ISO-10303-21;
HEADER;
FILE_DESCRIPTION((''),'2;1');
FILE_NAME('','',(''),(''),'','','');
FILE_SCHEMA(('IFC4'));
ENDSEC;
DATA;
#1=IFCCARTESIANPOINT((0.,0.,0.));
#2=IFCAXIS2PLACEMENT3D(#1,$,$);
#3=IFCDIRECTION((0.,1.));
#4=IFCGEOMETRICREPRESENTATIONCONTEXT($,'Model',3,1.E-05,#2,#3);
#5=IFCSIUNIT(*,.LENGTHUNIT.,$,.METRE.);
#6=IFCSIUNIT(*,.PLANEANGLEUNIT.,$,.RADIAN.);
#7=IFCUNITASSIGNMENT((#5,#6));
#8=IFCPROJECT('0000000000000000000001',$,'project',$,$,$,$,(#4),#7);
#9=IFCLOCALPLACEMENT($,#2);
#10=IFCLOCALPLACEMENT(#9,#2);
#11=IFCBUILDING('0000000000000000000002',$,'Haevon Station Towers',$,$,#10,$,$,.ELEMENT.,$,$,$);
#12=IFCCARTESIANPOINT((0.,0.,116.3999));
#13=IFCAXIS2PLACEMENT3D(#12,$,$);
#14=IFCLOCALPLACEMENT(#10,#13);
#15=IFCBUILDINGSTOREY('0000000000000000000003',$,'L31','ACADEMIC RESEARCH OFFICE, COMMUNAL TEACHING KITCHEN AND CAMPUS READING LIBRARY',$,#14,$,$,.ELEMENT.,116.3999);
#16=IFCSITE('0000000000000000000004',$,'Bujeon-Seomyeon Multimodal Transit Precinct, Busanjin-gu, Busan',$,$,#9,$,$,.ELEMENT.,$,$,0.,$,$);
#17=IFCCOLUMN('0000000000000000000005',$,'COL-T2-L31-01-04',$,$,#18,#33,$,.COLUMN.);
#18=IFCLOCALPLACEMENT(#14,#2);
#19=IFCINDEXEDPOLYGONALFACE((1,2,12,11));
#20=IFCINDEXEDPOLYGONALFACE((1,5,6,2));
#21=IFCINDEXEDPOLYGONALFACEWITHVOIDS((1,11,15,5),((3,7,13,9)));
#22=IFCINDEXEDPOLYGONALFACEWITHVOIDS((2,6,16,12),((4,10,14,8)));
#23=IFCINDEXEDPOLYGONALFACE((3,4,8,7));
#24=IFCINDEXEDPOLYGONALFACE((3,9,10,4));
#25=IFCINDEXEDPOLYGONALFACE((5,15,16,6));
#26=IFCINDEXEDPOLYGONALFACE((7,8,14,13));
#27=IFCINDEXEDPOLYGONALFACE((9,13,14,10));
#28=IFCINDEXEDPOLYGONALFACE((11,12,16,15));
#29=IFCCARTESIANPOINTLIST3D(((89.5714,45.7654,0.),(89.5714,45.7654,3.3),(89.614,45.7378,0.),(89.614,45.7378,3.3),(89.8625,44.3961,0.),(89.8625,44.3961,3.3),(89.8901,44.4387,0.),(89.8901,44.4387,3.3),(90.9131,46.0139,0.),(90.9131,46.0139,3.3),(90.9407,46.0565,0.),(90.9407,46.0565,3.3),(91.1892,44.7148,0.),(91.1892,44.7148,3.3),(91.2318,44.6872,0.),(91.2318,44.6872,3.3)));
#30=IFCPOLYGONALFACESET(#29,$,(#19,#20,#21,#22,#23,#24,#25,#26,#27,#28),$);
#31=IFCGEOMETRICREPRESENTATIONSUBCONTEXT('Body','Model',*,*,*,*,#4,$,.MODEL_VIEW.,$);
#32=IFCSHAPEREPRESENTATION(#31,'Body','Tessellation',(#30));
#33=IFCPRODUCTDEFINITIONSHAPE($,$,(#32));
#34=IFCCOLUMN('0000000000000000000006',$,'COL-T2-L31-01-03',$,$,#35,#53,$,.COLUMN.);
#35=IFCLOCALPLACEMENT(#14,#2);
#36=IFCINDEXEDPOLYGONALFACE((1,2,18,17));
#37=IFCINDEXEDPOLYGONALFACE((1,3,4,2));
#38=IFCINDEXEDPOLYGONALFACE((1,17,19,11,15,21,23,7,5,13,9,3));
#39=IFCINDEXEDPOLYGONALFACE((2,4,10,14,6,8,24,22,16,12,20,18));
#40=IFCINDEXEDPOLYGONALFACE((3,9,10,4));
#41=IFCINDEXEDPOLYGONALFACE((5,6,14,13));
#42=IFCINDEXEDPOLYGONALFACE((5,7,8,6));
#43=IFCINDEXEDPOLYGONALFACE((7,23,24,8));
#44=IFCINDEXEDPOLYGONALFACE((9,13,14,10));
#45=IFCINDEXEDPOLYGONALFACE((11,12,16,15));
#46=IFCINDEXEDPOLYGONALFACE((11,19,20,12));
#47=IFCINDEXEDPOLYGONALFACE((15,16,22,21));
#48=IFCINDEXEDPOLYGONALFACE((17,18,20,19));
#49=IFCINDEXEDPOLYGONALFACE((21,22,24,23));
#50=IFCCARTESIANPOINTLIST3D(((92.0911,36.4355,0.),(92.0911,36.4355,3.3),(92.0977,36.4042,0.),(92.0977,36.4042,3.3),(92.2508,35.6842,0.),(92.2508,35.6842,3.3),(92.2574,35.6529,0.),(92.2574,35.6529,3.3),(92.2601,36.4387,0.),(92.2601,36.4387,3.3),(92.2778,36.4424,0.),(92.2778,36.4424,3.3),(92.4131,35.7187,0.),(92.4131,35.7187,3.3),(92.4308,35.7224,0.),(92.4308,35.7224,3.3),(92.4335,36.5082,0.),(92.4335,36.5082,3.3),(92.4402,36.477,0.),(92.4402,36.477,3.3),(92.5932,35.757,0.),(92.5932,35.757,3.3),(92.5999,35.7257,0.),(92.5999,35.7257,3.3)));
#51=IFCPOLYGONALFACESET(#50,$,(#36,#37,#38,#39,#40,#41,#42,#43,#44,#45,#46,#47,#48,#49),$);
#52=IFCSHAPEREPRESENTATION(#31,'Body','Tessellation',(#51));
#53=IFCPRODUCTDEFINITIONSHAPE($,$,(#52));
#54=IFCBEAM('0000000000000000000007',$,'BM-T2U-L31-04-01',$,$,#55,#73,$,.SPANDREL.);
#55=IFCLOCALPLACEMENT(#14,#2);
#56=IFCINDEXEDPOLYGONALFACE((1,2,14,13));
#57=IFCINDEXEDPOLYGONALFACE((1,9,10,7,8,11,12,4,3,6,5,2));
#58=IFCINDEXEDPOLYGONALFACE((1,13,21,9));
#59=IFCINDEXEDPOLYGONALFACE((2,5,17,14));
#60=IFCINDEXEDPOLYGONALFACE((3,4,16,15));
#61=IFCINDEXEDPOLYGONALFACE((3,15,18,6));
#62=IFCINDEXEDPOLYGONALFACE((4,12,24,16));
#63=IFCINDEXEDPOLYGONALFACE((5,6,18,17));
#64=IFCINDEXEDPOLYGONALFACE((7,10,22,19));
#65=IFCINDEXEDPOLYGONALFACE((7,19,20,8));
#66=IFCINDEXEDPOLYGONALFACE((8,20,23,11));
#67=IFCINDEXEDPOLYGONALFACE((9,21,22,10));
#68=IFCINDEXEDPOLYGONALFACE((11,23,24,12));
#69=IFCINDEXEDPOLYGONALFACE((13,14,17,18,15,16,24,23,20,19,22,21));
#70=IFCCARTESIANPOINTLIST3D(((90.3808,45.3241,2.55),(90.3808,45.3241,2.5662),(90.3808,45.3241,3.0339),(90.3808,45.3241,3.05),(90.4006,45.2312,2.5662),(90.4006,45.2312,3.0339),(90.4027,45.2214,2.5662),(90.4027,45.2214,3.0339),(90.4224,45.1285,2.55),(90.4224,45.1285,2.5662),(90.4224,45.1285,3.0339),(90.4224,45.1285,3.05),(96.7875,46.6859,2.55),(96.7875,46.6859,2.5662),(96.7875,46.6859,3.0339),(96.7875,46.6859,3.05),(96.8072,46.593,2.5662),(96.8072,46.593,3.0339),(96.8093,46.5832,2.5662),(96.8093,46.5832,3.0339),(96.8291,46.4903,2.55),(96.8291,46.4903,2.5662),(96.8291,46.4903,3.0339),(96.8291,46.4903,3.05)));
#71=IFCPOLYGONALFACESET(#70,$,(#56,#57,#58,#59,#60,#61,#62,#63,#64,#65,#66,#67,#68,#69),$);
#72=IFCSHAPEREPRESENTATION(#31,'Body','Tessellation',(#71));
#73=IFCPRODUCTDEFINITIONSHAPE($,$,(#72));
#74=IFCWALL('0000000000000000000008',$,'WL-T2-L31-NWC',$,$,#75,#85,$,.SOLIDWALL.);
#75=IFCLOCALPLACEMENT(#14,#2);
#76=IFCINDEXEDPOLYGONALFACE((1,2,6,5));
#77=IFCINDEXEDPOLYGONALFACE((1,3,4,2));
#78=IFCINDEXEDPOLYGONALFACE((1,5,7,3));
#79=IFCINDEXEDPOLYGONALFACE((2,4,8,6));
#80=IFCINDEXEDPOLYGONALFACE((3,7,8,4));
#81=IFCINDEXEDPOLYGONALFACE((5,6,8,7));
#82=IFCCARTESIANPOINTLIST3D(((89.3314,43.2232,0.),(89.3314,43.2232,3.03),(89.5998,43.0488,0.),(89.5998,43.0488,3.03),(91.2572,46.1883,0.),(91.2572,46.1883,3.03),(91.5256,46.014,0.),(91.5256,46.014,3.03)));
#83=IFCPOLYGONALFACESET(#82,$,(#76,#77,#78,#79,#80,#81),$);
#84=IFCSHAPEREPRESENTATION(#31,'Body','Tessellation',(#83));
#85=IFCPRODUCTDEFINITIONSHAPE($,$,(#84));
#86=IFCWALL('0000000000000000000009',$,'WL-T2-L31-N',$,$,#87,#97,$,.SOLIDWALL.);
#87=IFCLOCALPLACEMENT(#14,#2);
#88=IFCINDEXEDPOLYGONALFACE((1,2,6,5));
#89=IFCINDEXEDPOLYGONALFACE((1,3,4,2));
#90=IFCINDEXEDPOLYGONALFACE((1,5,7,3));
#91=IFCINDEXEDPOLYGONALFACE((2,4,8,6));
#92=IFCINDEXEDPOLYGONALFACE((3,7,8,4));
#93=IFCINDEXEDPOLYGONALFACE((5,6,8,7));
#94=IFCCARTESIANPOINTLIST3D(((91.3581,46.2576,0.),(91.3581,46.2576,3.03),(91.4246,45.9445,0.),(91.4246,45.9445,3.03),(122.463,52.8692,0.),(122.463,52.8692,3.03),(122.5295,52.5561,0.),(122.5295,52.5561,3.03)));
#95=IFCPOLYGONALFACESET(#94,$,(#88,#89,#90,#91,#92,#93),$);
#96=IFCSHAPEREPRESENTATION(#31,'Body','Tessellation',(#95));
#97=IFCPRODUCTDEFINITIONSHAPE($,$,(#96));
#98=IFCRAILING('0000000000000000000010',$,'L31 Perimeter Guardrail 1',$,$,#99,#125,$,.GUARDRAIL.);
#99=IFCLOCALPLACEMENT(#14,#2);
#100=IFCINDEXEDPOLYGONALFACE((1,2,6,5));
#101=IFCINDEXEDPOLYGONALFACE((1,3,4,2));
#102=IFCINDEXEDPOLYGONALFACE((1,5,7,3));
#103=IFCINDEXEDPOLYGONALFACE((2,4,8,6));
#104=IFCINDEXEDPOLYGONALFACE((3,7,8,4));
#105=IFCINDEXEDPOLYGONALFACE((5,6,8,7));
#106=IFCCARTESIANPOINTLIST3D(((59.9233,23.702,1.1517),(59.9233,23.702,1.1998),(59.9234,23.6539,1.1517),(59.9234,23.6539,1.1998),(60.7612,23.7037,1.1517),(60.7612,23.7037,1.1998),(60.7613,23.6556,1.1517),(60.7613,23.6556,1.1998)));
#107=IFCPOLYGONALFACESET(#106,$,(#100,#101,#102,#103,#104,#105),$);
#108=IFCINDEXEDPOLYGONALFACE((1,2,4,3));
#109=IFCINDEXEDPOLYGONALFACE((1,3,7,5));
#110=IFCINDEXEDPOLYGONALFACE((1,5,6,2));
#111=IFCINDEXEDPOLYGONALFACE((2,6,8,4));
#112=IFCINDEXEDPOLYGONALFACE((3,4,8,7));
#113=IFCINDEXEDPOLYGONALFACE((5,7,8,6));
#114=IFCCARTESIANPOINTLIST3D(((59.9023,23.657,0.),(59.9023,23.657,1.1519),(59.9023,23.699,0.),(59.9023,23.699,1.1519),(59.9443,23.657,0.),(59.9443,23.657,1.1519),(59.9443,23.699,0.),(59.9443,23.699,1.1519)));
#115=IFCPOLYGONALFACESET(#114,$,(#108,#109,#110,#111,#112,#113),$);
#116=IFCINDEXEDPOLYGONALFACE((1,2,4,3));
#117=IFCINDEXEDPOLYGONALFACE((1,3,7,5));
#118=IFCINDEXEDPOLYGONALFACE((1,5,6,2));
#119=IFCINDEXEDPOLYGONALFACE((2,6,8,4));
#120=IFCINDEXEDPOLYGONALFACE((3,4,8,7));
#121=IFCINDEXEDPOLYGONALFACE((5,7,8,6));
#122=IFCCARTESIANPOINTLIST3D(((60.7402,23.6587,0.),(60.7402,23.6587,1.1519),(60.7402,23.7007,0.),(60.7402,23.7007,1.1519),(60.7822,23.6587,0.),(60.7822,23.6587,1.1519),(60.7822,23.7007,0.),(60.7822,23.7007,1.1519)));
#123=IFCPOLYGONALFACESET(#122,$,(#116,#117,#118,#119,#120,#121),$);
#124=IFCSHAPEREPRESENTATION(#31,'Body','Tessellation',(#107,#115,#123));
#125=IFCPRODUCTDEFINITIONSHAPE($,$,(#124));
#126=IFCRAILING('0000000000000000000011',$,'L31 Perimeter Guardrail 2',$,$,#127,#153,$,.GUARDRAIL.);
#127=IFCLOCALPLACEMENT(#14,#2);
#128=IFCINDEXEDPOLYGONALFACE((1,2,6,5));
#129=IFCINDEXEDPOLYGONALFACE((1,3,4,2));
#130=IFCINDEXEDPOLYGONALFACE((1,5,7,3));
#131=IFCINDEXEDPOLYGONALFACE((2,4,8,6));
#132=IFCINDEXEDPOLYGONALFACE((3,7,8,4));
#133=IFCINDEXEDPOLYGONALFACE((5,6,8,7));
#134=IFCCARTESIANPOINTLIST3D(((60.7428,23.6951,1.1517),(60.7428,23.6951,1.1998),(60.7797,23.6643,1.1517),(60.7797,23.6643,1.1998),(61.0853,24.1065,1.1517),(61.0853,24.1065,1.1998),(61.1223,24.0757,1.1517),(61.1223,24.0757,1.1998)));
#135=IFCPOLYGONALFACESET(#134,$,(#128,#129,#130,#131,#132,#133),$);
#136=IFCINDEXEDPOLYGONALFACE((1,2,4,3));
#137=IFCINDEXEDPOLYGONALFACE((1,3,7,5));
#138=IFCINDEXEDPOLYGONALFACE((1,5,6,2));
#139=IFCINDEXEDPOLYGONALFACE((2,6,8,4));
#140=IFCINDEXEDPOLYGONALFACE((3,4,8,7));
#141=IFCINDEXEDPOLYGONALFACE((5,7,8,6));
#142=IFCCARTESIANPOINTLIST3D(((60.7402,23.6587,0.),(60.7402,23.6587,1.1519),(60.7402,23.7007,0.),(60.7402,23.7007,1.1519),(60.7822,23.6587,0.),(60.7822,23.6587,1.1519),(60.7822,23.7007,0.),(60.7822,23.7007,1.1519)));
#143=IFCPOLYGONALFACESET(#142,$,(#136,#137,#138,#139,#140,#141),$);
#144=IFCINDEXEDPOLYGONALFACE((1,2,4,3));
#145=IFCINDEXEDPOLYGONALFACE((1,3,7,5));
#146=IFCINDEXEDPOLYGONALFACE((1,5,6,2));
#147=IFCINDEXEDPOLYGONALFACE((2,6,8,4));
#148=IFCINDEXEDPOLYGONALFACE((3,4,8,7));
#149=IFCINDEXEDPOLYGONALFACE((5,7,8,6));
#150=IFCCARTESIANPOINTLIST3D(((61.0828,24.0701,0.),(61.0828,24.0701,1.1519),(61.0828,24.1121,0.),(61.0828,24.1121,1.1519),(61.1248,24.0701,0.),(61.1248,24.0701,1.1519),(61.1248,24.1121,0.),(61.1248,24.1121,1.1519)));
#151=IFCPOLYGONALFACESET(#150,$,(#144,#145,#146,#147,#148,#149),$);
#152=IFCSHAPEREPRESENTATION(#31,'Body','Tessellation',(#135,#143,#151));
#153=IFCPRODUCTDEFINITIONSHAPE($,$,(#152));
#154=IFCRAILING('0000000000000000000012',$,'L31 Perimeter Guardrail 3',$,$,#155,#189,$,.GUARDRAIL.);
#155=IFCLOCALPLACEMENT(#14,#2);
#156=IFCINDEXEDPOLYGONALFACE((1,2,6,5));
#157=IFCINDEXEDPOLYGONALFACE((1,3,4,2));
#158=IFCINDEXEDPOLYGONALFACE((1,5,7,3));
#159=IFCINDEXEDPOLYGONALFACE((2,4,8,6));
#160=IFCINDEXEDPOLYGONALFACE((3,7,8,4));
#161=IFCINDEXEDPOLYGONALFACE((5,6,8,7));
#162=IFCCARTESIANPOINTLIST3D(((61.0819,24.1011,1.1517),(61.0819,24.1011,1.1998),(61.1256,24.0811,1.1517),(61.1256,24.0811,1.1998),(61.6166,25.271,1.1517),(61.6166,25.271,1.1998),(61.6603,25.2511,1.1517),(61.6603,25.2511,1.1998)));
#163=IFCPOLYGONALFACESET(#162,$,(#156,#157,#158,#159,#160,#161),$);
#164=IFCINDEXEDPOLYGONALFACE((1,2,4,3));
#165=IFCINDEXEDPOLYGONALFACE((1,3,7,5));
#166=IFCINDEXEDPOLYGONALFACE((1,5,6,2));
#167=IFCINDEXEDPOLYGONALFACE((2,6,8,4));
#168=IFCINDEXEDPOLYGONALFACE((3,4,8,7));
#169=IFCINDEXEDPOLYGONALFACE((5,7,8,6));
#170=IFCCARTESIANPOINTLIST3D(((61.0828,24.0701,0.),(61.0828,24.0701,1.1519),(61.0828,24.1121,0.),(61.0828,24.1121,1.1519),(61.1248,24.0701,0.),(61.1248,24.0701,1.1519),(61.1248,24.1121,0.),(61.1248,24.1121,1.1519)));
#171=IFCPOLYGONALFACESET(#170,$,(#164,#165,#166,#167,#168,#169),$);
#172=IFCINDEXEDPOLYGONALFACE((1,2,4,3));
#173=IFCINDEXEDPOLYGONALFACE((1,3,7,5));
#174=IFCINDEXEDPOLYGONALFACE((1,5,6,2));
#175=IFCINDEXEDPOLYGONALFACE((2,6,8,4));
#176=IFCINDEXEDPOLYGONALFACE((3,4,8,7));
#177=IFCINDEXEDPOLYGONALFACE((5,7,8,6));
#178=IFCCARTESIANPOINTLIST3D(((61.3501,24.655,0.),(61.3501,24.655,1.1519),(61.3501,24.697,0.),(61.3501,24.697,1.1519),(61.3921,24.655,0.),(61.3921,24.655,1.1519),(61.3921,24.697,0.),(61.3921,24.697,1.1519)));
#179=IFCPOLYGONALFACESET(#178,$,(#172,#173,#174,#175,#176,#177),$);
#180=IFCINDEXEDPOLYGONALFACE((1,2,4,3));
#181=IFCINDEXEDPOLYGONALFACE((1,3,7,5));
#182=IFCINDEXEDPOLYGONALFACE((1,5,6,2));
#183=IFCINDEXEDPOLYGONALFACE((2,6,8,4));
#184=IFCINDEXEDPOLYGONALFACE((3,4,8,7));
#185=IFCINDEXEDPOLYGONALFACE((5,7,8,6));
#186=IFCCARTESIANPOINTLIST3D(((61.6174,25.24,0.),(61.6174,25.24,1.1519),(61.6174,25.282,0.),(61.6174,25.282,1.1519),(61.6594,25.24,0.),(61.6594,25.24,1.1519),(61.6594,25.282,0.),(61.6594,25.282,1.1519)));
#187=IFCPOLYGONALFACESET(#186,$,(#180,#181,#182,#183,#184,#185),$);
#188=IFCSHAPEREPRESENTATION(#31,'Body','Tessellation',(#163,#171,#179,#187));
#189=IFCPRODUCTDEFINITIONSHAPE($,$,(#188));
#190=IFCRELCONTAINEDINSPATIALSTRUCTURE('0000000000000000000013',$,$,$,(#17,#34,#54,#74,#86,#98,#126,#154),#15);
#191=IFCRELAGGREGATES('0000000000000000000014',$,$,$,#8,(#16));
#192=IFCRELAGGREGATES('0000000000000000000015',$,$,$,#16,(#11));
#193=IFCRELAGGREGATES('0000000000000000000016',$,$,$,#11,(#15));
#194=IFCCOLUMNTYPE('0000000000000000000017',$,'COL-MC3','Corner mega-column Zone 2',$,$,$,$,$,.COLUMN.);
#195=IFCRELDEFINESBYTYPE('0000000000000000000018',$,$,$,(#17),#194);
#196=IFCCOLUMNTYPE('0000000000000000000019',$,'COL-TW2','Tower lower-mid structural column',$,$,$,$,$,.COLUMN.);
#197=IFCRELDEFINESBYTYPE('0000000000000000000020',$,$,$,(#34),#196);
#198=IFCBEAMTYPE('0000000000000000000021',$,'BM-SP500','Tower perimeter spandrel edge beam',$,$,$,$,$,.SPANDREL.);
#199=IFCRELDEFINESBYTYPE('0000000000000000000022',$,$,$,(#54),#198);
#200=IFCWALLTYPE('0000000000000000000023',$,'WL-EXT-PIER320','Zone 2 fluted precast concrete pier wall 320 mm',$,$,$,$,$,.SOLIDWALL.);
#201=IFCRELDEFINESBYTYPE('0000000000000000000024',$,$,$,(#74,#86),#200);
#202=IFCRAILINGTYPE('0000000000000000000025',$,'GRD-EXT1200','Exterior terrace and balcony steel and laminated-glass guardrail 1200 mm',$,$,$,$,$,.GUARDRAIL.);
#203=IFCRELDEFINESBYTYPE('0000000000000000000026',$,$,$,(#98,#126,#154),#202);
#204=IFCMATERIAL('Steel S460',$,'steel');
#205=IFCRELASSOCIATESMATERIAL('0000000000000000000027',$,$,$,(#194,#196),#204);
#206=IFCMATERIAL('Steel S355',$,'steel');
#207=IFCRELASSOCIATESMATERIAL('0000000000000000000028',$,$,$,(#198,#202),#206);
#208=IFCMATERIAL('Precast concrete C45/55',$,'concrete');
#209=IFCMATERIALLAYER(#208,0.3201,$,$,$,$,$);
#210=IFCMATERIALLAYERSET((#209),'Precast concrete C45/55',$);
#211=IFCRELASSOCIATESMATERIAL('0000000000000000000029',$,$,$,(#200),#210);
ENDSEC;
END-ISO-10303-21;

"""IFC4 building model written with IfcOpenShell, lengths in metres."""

from ifc_helpers import new_model, si_unit, direction, frame, frame_2d, origin, origin_2d, place, context, subcontext, project, spatial, rectangle, hollow_rectangle, i_section, extrude, material, layer, layer_set, material_profile, profile_set, type_object, element, save


model = new_model("IFC4")

# Units and contexts
model_context = context("Model", 3, precision=1e-05, world=origin(), true_north=direction((0.0, 1.0)))
body_context = subcontext(model_context, "Body", "Model", "MODEL_VIEW")
ifc_project = project(units=[si_unit("LENGTHUNIT", "METRE"), si_unit("PLANEANGLEUNIT", "RADIAN")], contexts=[model_context])

# Site, building, storey
site_placement = place(None, origin())
site = spatial("IfcSite", under=ifc_project, at=site_placement, Name="Bujeon-Seomyeon Multimodal Transit Precinct, Busanjin-gu, Busan", CompositionType="ELEMENT", RefElevation=0.0)
building_placement = place(site_placement, origin())
building = spatial("IfcBuilding", under=site, at=building_placement, Name="Haevon Station Towers", CompositionType="ELEMENT")
storey_placement = place(building_placement, frame((0.0, 0.0, 116.3999)))
storey = spatial("IfcBuildingStorey", under=building, at=storey_placement, Name="L31", Description="ACADEMIC RESEARCH OFFICE, COMMUNAL TEACHING KITCHEN AND CAMPUS READING LIBRARY", CompositionType="ELEMENT", Elevation=116.3999)

# Columns
ifc_material_1 = material(Name="Steel S460", Category="steel")
ifc_material_profile_1 = material_profile(ifc_material_1, hollow_rectangle(XDim=1.3999, YDim=1.3999, WallThickness=0.0359, at=origin_2d()), Name="BOX-1400x1400x36")
ifc_profile_set_1 = profile_set([ifc_material_profile_1], Name="Steel S460")
column_type_1 = type_object("IfcColumnType", Name="COL-MC3", Description="Corner mega-column Zone 2", PredefinedType="COLUMN", material=ifc_profile_set_1)
column_1_placement = place(storey_placement, frame((90.4016, 45.2263, 0.0), z_axis=(0.0, 0.0, 1.0), x_axis=(0.978148, 0.207912, 0.0)))
element("IfcColumn", 1, at=column_1_placement, inside=storey, type_object=column_type_1, Name="COL-T2-L31-01-04", PredefinedType="COLUMN", context=body_context, shape_type="SweptSolid", body=[
    extrude(hollow_rectangle(XDim=1.3999, YDim=1.3999, WallThickness=0.0359, at=origin_2d()), origin(), (0.0, 0.0, 1.0), 3.3),
])
ifc_material_profile_2 = material_profile(ifc_material_1, i_section(OverallWidth=0.3501, OverallDepth=0.8, WebThickness=0.0181, FlangeThickness=0.032, at=origin_2d()), Name="H-800x350x18x32")
ifc_profile_set_2 = profile_set([ifc_material_profile_2], Name="Steel S460")
column_type_2 = type_object("IfcColumnType", Name="COL-TW2", Description="Tower lower-mid structural column", PredefinedType="COLUMN", material=ifc_profile_set_2)
column_2_placement = place(storey_placement, frame((92.3455, 36.0806, 0.0), z_axis=(0.0, 0.0, 1.0), x_axis=(0.978148, 0.207912, 0.0)))
element("IfcColumn", 2, at=column_2_placement, inside=storey, type_object=column_type_2, Name="COL-T2-L31-01-03", PredefinedType="COLUMN", context=body_context, shape_type="SweptSolid", body=[
    extrude(i_section(OverallWidth=0.3501, OverallDepth=0.8, WebThickness=0.0181, FlangeThickness=0.032, at=origin_2d()), origin(), (0.0, 0.0, 1.0), 3.3),
])

# Beam
ifc_material_2 = material(Name="Steel S355", Category="steel")
ifc_material_profile_3 = material_profile(ifc_material_2, i_section(OverallWidth=0.2, OverallDepth=0.5, WebThickness=0.01, FlangeThickness=0.0161, at=origin_2d()), Name="H-500x200x10x16")
ifc_profile_set_3 = profile_set([ifc_material_profile_3], Name="Steel S355")
beam_type = type_object("IfcBeamType", Name="BM-SP500", Description="Tower perimeter spandrel edge beam", PredefinedType="SPANDREL", material=ifc_profile_set_3)
beam_placement = place(storey_placement, frame((90.4016, 45.2263, 2.8), z_axis=(0.978147, 0.207915, 0.0), x_axis=(-0.207915, 0.978147, 0.0)))
element("IfcBeam", 3, at=beam_placement, inside=storey, type_object=beam_type, Name="BM-T2U-L31-04-01", PredefinedType="SPANDREL", context=body_context, shape_type="SweptSolid", body=[
    extrude(i_section(OverallWidth=0.2, OverallDepth=0.5, WebThickness=0.01, FlangeThickness=0.0161, at=origin_2d()), origin(), (0.0, 0.0, 1.0), 6.5498),
])

# Walls
ifc_material_3 = material(Name="Precast concrete C45/55", Category="concrete")
ifc_layer = layer(ifc_material_3, 0.3201)
ifc_layer_set = layer_set([ifc_layer], Name="Precast concrete C45/55")
wall_type = type_object("IfcWallType", Name="WL-EXT-PIER320", Description="Zone 2 fluted precast concrete pier wall 320 mm", PredefinedType="SOLIDWALL", material=ifc_layer_set)
wall_1_placement = place(storey_placement, frame((89.4656, 43.136, 0.0), z_axis=(0.0, 0.0, 1.0), x_axis=(0.544685, 0.838641, 0.0)))
element("IfcWall", 4, at=wall_1_placement, inside=storey, type_object=wall_type, Name="WL-T2-L31-NWC", PredefinedType="SOLIDWALL", context=body_context, shape_type="SweptSolid", body=[
    extrude(rectangle(XDim=3.5356, YDim=0.3201, at=frame_2d((1.7678, 0.0))), origin(), (0.0, 0.0, 1.0), 3.03),
])
wall_2_placement = place(storey_placement, frame((91.3914, 46.1011, 0.0), z_axis=(0.0, 0.0, 1.0), x_axis=(0.978148, 0.207912, 0.0)))
element("IfcWall", 5, at=wall_2_placement, inside=storey, type_object=wall_type, Name="WL-T2-L31-N", PredefinedType="SOLIDWALL", context=body_context, shape_type="SweptSolid", body=[
    extrude(rectangle(XDim=31.7998, YDim=0.3201, at=frame_2d((15.8999, 0.0))), origin(), (0.0, 0.0, 1.0), 3.03),
])

# Railings
railing_type = type_object("IfcRailingType", Name="GRD-EXT1200", Description="Exterior terrace and balcony steel and laminated-glass guardrail 1200 mm", PredefinedType="GUARDRAIL", material=ifc_material_2)
railing_1_placement = place(storey_placement, frame((59.9233, 23.678, 0.0)))
element("IfcRailing", 6, at=railing_1_placement, inside=storey, type_object=railing_type, Name="L31 Perimeter Guardrail 1", PredefinedType="GUARDRAIL", context=body_context, shape_type="SweptSolid", body=[
    extrude(rectangle(XDim=0.0481, YDim=0.0481, at=origin_2d()), frame((0.0, 0.0, 1.1758), z_axis=(0.999998, 0.00204, 0.0), x_axis=(-0.00204, 0.999998, 0.0)), (0.0, 0.0, 1.0), 0.8379),
    extrude(rectangle(XDim=0.042, YDim=0.042, at=origin_2d()), origin(), (0.0, 0.0, 1.0), 1.1519),
    extrude(rectangle(XDim=0.042, YDim=0.042, at=origin_2d()), frame((0.8379, 0.0017, 0.0)), (0.0, 0.0, 1.0), 1.1519),
])
railing_2_placement = place(storey_placement, frame((60.7612, 23.6797, 0.0)))
element("IfcRailing", 7, at=railing_2_placement, inside=storey, type_object=railing_type, Name="L31 Perimeter Guardrail 2", PredefinedType="GUARDRAIL", context=body_context, shape_type="SweptSolid", body=[
    extrude(rectangle(XDim=0.0481, YDim=0.0481, at=origin_2d()), frame((0.0, 0.0, 1.1758), z_axis=(0.63987, 0.768483, 0.0), x_axis=(-0.768483, 0.63987, 0.0)), (0.0, 0.0, 1.0), 0.5354),
    extrude(rectangle(XDim=0.042, YDim=0.042, at=origin_2d()), origin(), (0.0, 0.0, 1.0), 1.1519),
    extrude(rectangle(XDim=0.042, YDim=0.042, at=origin_2d()), frame((0.3425, 0.4114, 0.0)), (0.0, 0.0, 1.0), 1.1519),
])
railing_3_placement = place(storey_placement, frame((61.1038, 24.0911, 0.0)))
element("IfcRailing", 8, at=railing_3_placement, inside=storey, type_object=railing_type, Name="L31 Perimeter Guardrail 3", PredefinedType="GUARDRAIL", context=body_context, shape_type="SweptSolid", body=[
    extrude(rectangle(XDim=0.0481, YDim=0.0481, at=origin_2d()), frame((0.0, 0.0, 1.1758), z_axis=(0.415661, 0.90952, 0.0), x_axis=(-0.90952, 0.415661, 0.0)), (0.0, 0.0, 1.0), 1.2864),
    extrude(rectangle(XDim=0.042, YDim=0.042, at=origin_2d()), origin(), (0.0, 0.0, 1.0), 1.1519),
    extrude(rectangle(XDim=0.042, YDim=0.042, at=origin_2d()), frame((0.2673, 0.585, 0.0)), (0.0, 0.0, 1.0), 1.1519),
    extrude(rectangle(XDim=0.042, YDim=0.042, at=origin_2d()), frame((0.5347, 1.1699, 0.0)), (0.0, 0.0, 1.0), 1.1519),
])

save(model, "model.ifc")
